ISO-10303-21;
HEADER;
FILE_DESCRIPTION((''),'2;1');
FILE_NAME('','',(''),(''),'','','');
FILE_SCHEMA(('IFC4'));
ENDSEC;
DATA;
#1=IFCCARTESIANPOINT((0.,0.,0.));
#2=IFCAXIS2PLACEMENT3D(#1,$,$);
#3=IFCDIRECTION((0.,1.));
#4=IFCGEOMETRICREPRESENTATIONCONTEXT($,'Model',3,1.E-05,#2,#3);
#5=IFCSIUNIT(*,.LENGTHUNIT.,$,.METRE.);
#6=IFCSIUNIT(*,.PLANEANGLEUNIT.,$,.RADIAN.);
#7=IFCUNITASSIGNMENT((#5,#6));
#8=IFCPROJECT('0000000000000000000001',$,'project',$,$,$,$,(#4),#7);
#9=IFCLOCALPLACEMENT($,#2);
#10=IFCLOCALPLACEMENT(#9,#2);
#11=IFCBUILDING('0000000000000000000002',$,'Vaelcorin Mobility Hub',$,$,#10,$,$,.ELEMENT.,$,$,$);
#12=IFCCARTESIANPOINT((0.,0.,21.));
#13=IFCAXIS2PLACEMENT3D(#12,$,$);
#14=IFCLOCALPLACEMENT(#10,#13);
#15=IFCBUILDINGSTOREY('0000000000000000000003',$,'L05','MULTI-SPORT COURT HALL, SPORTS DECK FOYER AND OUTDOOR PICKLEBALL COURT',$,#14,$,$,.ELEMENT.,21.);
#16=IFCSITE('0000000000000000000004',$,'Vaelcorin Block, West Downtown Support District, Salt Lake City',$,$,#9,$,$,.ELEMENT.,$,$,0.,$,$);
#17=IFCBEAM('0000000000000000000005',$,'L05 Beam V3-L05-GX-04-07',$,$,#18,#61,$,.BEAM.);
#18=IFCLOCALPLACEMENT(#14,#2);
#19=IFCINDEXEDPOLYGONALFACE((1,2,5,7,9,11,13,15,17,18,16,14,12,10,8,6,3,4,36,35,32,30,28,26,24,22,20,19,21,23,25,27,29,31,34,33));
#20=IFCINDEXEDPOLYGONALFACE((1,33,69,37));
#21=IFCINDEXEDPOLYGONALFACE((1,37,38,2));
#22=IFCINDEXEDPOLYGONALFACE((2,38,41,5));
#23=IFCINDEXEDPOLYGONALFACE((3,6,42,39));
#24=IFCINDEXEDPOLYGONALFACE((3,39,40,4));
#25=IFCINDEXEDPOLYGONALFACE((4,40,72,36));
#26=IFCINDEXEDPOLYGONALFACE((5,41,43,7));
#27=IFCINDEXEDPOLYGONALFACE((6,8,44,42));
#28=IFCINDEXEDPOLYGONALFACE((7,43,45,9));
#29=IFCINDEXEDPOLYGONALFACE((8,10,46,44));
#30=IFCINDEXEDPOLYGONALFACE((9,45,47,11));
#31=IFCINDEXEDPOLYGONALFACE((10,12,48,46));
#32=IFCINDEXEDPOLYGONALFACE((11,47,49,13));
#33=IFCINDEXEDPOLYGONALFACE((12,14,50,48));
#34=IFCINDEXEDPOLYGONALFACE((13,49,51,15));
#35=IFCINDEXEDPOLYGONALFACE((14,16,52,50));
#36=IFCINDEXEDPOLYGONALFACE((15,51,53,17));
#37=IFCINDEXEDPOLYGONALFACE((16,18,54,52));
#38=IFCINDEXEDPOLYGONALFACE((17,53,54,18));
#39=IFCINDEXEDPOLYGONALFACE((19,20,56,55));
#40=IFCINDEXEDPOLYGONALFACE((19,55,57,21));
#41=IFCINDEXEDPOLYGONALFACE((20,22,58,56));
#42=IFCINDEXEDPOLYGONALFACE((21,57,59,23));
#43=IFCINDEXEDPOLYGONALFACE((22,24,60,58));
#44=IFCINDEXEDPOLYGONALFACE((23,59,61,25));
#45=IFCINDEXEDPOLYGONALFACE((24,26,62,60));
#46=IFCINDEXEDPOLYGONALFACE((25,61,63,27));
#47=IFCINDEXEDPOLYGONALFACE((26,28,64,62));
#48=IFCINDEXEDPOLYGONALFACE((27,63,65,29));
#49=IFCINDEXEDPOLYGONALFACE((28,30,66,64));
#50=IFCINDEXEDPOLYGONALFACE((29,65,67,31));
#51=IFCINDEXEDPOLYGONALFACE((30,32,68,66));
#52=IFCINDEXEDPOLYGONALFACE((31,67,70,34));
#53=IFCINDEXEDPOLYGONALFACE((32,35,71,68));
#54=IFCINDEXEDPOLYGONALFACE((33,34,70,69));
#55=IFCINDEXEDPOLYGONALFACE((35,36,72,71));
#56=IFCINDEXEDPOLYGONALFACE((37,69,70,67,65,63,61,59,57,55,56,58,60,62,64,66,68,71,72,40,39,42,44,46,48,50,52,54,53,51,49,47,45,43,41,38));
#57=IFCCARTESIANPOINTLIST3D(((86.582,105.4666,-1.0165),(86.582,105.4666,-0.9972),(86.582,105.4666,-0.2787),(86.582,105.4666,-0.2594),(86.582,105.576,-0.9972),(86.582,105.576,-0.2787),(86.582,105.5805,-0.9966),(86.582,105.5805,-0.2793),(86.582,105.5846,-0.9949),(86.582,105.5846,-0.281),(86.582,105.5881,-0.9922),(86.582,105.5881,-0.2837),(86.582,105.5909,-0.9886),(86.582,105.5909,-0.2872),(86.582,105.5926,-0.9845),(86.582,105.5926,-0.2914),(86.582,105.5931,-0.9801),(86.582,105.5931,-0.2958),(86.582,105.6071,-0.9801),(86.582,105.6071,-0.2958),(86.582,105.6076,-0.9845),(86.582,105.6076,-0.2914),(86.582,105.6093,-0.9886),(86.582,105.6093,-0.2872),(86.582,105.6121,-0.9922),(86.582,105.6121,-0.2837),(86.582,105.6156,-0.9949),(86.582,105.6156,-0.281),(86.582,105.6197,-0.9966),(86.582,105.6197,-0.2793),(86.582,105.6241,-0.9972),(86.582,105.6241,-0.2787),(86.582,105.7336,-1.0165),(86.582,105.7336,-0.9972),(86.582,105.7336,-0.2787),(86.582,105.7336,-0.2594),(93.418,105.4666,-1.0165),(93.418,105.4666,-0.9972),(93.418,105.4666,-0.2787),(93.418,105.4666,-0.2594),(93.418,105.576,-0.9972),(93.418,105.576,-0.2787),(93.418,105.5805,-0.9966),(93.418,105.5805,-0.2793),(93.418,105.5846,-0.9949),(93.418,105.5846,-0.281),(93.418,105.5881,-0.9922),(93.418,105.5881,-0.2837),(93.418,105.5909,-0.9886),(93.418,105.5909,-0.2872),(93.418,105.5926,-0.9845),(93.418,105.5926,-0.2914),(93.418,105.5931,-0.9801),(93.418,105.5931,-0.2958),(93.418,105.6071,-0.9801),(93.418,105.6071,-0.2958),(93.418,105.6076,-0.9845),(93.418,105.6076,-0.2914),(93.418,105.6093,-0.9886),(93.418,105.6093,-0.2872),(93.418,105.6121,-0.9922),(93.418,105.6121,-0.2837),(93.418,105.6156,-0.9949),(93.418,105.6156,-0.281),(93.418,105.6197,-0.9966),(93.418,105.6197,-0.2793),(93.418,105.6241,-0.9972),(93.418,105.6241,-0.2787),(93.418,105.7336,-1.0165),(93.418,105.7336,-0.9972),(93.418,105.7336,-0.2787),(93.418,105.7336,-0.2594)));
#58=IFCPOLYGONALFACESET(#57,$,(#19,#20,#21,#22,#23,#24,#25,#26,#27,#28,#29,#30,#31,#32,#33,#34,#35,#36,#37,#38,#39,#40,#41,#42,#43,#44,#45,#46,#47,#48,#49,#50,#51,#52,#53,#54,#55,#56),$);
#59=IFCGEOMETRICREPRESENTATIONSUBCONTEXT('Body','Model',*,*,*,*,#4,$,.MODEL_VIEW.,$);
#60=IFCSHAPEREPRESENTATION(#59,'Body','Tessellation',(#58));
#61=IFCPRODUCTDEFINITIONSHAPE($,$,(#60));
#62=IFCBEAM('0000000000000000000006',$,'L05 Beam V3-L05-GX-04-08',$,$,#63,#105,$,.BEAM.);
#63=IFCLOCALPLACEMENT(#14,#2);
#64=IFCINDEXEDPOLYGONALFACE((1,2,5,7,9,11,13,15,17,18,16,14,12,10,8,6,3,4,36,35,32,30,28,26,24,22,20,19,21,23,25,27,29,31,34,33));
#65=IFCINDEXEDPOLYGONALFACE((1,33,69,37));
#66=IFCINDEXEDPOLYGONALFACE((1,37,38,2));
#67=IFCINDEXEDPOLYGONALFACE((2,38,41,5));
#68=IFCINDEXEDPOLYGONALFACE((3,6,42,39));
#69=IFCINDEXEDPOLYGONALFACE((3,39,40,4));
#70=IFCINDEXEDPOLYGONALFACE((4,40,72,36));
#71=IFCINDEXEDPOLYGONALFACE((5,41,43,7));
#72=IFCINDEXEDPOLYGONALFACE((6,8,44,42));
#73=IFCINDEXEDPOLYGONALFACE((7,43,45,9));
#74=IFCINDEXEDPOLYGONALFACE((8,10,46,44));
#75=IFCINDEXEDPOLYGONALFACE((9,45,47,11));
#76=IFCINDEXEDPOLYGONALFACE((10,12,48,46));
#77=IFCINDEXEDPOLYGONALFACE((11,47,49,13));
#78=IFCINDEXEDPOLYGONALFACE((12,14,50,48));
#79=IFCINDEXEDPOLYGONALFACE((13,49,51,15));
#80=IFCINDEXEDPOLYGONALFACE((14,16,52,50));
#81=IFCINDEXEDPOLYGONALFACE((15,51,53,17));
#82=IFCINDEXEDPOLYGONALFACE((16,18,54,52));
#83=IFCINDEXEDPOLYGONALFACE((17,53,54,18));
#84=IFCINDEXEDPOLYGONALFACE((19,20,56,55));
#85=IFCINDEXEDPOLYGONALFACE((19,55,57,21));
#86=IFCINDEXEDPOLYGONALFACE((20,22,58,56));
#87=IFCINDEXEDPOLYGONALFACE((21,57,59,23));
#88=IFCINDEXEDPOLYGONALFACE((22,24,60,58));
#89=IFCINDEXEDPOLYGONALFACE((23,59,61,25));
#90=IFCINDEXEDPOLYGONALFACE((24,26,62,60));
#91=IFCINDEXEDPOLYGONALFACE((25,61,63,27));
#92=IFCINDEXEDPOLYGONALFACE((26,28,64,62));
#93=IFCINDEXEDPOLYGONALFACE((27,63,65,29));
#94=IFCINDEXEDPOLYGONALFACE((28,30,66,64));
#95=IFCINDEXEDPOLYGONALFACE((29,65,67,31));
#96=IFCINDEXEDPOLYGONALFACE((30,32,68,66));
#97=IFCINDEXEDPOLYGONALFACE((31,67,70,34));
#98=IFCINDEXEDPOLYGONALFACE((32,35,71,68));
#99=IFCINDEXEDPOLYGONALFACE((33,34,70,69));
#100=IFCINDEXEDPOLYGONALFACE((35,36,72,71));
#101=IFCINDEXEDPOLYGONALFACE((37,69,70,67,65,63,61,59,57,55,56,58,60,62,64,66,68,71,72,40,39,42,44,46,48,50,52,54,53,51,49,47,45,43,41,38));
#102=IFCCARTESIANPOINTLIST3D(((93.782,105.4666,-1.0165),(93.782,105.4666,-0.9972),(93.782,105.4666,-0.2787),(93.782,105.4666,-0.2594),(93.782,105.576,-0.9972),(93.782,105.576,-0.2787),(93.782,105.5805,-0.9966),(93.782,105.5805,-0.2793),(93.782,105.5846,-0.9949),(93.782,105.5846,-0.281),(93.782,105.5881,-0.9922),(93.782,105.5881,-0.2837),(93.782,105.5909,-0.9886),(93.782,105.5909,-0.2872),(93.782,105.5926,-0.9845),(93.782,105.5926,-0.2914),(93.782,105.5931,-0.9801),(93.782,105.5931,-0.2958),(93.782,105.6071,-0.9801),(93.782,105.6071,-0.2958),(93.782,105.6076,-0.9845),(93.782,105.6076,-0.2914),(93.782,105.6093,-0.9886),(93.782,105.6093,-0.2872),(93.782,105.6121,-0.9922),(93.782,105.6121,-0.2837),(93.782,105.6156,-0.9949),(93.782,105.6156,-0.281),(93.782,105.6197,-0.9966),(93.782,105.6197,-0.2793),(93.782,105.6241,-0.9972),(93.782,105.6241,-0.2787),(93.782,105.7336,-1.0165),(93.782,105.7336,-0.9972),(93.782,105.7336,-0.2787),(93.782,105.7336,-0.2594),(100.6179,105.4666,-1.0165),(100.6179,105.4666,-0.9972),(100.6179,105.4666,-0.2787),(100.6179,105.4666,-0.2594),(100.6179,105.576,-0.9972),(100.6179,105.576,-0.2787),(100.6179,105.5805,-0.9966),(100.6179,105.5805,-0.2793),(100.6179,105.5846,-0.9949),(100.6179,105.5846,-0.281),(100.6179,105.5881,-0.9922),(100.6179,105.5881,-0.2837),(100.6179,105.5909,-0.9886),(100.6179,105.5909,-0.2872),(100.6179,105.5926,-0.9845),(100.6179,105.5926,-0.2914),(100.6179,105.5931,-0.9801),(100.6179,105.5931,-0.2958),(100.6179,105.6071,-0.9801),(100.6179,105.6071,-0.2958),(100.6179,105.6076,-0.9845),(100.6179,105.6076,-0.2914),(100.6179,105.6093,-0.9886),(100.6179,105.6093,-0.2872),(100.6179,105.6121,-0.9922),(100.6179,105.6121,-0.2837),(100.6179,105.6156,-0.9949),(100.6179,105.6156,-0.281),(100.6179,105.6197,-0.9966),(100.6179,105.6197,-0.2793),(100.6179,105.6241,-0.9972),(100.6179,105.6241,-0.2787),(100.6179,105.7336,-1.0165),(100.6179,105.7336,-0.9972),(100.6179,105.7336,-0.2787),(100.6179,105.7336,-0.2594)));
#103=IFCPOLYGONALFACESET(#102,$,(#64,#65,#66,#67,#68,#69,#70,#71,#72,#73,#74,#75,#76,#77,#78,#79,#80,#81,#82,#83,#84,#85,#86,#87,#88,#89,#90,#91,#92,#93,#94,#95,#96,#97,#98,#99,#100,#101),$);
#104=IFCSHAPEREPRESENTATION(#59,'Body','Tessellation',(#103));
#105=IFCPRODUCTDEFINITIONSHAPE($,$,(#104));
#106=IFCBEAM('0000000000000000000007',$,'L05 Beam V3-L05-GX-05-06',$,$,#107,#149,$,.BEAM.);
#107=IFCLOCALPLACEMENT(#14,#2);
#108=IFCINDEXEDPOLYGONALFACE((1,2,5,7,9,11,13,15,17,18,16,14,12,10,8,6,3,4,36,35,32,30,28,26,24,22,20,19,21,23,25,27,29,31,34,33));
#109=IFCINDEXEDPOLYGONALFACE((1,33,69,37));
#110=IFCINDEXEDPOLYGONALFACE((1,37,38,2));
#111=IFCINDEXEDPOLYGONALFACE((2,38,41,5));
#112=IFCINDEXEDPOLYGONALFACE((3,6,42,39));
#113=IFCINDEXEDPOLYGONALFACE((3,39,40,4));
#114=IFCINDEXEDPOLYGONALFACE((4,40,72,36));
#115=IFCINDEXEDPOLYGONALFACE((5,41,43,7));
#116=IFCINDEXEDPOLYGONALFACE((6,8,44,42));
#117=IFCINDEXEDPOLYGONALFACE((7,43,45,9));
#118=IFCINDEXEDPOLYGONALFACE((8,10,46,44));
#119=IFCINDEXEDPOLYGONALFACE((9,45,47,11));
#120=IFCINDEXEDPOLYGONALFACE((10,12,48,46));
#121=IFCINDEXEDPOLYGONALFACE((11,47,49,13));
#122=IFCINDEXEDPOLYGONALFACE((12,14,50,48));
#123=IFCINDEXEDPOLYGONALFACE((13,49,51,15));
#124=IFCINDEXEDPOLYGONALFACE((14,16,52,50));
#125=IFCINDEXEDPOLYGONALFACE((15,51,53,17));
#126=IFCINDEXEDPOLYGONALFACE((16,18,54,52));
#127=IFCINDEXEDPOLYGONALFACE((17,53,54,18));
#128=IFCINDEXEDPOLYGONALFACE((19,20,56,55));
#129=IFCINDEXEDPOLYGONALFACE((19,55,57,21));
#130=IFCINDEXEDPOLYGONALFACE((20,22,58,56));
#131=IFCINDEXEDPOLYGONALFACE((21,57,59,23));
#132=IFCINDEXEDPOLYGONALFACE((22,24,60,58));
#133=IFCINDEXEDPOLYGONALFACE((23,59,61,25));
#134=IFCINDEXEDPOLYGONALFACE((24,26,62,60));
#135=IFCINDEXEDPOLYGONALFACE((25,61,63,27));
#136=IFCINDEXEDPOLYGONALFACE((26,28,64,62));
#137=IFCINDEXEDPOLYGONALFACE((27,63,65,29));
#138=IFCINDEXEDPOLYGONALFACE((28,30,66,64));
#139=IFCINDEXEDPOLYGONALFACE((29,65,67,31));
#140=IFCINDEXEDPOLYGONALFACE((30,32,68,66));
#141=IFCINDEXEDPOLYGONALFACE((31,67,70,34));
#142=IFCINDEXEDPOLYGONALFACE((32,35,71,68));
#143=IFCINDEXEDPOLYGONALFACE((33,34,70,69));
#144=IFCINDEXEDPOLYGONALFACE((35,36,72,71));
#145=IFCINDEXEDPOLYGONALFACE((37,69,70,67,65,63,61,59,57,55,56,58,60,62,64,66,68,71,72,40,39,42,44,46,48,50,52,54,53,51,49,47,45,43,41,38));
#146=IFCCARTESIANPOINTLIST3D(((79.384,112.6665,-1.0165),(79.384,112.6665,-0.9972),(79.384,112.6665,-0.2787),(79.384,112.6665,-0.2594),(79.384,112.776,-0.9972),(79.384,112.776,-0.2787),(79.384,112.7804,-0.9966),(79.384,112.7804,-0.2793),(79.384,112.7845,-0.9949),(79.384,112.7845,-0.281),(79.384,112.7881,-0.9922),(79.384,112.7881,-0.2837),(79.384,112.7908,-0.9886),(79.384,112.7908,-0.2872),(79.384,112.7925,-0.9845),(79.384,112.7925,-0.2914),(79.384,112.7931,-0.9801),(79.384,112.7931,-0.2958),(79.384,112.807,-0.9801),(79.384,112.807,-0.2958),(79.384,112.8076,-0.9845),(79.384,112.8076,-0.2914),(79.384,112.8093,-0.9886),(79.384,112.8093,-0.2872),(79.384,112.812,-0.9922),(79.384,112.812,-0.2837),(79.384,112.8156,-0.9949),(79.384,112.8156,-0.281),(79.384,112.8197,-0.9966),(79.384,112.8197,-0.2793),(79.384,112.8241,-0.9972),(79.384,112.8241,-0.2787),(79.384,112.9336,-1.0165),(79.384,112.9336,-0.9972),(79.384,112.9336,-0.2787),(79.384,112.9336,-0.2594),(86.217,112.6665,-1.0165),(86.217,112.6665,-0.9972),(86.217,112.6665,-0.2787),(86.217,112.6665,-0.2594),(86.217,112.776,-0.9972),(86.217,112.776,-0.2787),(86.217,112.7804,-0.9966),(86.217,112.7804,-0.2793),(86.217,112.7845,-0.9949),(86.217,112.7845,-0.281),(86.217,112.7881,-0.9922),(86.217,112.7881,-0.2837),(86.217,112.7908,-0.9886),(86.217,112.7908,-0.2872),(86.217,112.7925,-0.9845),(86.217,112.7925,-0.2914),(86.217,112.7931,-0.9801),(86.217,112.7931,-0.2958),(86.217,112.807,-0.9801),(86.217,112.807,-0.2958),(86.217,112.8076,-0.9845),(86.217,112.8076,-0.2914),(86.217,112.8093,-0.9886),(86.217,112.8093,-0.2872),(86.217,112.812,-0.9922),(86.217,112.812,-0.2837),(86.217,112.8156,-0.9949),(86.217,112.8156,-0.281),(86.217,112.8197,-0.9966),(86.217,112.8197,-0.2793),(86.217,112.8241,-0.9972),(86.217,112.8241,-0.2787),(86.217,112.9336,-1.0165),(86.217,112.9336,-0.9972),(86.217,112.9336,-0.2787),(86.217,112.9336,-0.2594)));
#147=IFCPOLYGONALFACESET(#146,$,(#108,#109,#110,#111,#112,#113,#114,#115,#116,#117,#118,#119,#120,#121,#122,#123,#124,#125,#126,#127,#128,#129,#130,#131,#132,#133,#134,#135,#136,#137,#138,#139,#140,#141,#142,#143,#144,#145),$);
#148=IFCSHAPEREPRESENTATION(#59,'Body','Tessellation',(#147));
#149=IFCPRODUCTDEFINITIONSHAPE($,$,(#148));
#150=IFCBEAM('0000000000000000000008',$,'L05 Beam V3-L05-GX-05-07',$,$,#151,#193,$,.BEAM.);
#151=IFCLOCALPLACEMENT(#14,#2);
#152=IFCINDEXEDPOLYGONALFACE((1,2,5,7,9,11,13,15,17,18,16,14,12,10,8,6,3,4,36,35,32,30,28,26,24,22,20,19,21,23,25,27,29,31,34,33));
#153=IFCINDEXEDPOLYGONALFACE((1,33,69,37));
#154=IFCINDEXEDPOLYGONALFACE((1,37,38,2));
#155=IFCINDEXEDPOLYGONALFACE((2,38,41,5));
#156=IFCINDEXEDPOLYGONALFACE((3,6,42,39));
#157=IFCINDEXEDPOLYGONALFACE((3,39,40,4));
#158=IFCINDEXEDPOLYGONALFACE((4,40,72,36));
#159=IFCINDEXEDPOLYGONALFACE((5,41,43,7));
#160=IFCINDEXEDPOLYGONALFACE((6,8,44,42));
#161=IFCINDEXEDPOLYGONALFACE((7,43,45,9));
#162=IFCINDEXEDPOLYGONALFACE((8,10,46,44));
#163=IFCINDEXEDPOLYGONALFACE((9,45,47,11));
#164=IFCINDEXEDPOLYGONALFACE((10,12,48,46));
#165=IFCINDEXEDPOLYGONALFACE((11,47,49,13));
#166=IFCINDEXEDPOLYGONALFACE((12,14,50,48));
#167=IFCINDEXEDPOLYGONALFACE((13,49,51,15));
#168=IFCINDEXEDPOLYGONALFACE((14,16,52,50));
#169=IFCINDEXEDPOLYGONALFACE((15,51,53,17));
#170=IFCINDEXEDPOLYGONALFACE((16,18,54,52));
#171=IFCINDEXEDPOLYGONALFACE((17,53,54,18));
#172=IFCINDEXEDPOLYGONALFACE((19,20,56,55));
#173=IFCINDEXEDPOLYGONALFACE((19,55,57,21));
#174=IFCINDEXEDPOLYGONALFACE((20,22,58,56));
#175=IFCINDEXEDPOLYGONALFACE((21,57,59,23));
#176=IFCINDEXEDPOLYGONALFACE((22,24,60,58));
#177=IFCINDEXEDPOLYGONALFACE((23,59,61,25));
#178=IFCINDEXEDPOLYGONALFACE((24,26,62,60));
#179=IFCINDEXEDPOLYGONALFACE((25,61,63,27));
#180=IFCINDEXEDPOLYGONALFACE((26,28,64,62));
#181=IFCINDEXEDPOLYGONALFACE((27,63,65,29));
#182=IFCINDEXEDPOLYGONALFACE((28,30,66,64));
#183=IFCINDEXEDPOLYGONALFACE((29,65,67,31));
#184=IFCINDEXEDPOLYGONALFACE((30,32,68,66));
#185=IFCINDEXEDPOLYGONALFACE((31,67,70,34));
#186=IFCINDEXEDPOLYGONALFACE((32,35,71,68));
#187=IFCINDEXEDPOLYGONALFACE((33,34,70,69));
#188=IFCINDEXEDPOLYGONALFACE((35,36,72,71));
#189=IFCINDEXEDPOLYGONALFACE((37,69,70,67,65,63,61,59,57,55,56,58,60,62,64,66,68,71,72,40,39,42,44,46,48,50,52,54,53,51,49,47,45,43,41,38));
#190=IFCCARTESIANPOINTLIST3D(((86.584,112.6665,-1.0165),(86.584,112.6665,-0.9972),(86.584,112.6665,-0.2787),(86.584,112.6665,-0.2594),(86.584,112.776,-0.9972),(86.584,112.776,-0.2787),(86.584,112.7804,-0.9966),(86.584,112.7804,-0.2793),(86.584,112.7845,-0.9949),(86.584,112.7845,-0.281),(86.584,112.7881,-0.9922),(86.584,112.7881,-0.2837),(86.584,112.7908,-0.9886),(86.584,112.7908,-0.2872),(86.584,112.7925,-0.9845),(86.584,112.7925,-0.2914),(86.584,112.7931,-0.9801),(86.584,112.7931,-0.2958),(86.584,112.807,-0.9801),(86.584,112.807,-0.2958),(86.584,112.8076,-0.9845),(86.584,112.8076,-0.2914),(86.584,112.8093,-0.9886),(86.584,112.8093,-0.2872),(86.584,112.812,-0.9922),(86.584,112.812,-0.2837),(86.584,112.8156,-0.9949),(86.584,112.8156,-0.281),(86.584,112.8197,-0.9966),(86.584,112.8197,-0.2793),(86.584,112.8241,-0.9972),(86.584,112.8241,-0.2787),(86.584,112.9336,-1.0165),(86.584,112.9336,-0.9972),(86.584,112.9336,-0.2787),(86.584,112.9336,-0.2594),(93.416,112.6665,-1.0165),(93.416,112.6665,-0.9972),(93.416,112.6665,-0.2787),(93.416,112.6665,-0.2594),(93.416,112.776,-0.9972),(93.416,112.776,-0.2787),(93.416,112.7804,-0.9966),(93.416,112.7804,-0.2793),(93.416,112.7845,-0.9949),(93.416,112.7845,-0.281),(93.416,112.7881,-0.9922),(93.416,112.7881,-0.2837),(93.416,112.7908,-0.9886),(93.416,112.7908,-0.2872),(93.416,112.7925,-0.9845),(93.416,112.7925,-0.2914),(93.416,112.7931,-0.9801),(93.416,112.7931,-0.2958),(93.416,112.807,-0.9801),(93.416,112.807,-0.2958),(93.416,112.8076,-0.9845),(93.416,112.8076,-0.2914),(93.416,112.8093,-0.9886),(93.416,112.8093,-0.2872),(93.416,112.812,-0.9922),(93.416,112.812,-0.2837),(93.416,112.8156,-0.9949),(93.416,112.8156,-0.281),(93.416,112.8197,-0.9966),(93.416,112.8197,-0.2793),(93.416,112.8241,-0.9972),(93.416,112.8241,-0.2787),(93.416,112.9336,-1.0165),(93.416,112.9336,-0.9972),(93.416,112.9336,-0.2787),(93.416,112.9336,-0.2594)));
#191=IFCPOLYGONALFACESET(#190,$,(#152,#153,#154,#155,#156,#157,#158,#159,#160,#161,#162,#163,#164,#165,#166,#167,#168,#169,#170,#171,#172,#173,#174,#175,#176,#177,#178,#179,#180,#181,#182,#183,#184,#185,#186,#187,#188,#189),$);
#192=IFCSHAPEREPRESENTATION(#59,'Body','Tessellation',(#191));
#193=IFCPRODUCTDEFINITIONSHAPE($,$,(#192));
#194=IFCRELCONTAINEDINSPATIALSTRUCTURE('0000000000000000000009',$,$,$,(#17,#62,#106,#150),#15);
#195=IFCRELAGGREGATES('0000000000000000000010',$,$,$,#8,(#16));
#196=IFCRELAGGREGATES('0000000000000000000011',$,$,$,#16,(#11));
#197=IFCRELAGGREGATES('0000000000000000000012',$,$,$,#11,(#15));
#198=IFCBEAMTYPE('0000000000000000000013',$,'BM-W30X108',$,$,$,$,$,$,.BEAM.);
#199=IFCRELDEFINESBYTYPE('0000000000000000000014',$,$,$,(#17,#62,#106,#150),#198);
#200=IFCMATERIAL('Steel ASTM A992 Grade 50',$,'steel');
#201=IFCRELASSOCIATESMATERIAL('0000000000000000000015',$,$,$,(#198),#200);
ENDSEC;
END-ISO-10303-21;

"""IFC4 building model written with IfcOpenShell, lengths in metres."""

from ifc_helpers import new_model, si_unit, direction, frame, origin, origin_2d, place, context, subcontext, project, spatial, i_section, extrude, material, material_profile, profile_set, type_object, element, save


model = new_model("IFC4")

# Units and contexts
model_context = context("Model", 3, precision=1e-05, world=origin(), true_north=direction((0.0, 1.0)))
body_context = subcontext(model_context, "Body", "Model", "MODEL_VIEW")
ifc_project = project(units=[si_unit("LENGTHUNIT", "METRE"), si_unit("PLANEANGLEUNIT", "RADIAN")], contexts=[model_context])

# Site, building, storey
site_placement = place(None, origin())
site = spatial("IfcSite", under=ifc_project, at=site_placement, Name="Vaelcorin Block, West Downtown Support District, Salt Lake City", CompositionType="ELEMENT", RefElevation=0.0)
building_placement = place(site_placement, origin())
building = spatial("IfcBuilding", under=site, at=building_placement, Name="Vaelcorin Mobility Hub", CompositionType="ELEMENT")
storey_placement = place(building_placement, frame((0.0, 0.0, 21.0)))
storey = spatial("IfcBuildingStorey", under=building, at=storey_placement, Name="L05", Description="MULTI-SPORT COURT HALL, SPORTS DECK FOYER AND OUTDOOR PICKLEBALL COURT", CompositionType="ELEMENT", Elevation=21.0)

# Shared definitions
ifc_material_1 = material(Name="Steel ASTM A992 Grade 50", Category="steel")

# Beams
ifc_material_profile_1 = material_profile(ifc_material_1, i_section(OverallWidth=0.2671, OverallDepth=0.7571, WebThickness=0.0139, FlangeThickness=0.0193, FilletRadius=0.0171, at=origin_2d()), Name="W30X108")
ifc_profile_set_1 = profile_set([ifc_material_profile_1], Name="Steel ASTM A992 Grade 50")
beam_type_1 = type_object("IfcBeamType", Name="BM-W30X108", PredefinedType="BEAM", material=ifc_profile_set_1)
for number, where, z_axis, x_axis, name in (
    (1, (86.582, 105.6001, -0.6379), (1.0, 0.0, 0.0), (0.0, 1.0, 0.0), "L05 Beam V3-L05-GX-04-07"),
    (2, (93.782, 105.6001, -0.6379), (1.0, 0.0, 0.0), (0.0, 1.0, 0.0), "L05 Beam V3-L05-GX-04-08"),
):
    element("IfcBeam", number, at=place(storey_placement, frame(where, z_axis=z_axis, x_axis=x_axis)), inside=storey, type_object=beam_type_1, Name=name, PredefinedType="BEAM", context=body_context, shape_type="SweptSolid", body=[
        extrude(i_section(OverallWidth=0.2671, OverallDepth=0.7571, WebThickness=0.0139, FlangeThickness=0.0193, FilletRadius=0.0171, at=origin_2d()), origin(), (0.0, 0.0, 1.0), 6.8359),
    ])
beam_1_placement = place(storey_placement, frame((79.384, 112.8, -0.6379), z_axis=(1.0, 0.0, 0.0), x_axis=(0.0, 1.0, 0.0)))
element("IfcBeam", 3, at=beam_1_placement, inside=storey, type_object=beam_type_1, Name="L05 Beam V3-L05-GX-05-06", PredefinedType="BEAM", context=body_context, shape_type="SweptSolid", body=[
    extrude(i_section(OverallWidth=0.2671, OverallDepth=0.7571, WebThickness=0.0139, FlangeThickness=0.0193, FilletRadius=0.0171, at=origin_2d()), origin(), (0.0, 0.0, 1.0), 6.833),
])
beam_2_placement = place(storey_placement, frame((86.584, 112.8, -0.6379), z_axis=(1.0, 0.0, 0.0), x_axis=(0.0, 1.0, 0.0)))
element("IfcBeam", 4, at=beam_2_placement, inside=storey, type_object=beam_type_1, Name="L05 Beam V3-L05-GX-05-07", PredefinedType="BEAM", context=body_context, shape_type="SweptSolid", body=[
    extrude(i_section(OverallWidth=0.2671, OverallDepth=0.7571, WebThickness=0.0139, FlangeThickness=0.0193, FilletRadius=0.0171, at=origin_2d()), origin(), (0.0, 0.0, 1.0), 6.832),
])

save(model, "model.ifc")
